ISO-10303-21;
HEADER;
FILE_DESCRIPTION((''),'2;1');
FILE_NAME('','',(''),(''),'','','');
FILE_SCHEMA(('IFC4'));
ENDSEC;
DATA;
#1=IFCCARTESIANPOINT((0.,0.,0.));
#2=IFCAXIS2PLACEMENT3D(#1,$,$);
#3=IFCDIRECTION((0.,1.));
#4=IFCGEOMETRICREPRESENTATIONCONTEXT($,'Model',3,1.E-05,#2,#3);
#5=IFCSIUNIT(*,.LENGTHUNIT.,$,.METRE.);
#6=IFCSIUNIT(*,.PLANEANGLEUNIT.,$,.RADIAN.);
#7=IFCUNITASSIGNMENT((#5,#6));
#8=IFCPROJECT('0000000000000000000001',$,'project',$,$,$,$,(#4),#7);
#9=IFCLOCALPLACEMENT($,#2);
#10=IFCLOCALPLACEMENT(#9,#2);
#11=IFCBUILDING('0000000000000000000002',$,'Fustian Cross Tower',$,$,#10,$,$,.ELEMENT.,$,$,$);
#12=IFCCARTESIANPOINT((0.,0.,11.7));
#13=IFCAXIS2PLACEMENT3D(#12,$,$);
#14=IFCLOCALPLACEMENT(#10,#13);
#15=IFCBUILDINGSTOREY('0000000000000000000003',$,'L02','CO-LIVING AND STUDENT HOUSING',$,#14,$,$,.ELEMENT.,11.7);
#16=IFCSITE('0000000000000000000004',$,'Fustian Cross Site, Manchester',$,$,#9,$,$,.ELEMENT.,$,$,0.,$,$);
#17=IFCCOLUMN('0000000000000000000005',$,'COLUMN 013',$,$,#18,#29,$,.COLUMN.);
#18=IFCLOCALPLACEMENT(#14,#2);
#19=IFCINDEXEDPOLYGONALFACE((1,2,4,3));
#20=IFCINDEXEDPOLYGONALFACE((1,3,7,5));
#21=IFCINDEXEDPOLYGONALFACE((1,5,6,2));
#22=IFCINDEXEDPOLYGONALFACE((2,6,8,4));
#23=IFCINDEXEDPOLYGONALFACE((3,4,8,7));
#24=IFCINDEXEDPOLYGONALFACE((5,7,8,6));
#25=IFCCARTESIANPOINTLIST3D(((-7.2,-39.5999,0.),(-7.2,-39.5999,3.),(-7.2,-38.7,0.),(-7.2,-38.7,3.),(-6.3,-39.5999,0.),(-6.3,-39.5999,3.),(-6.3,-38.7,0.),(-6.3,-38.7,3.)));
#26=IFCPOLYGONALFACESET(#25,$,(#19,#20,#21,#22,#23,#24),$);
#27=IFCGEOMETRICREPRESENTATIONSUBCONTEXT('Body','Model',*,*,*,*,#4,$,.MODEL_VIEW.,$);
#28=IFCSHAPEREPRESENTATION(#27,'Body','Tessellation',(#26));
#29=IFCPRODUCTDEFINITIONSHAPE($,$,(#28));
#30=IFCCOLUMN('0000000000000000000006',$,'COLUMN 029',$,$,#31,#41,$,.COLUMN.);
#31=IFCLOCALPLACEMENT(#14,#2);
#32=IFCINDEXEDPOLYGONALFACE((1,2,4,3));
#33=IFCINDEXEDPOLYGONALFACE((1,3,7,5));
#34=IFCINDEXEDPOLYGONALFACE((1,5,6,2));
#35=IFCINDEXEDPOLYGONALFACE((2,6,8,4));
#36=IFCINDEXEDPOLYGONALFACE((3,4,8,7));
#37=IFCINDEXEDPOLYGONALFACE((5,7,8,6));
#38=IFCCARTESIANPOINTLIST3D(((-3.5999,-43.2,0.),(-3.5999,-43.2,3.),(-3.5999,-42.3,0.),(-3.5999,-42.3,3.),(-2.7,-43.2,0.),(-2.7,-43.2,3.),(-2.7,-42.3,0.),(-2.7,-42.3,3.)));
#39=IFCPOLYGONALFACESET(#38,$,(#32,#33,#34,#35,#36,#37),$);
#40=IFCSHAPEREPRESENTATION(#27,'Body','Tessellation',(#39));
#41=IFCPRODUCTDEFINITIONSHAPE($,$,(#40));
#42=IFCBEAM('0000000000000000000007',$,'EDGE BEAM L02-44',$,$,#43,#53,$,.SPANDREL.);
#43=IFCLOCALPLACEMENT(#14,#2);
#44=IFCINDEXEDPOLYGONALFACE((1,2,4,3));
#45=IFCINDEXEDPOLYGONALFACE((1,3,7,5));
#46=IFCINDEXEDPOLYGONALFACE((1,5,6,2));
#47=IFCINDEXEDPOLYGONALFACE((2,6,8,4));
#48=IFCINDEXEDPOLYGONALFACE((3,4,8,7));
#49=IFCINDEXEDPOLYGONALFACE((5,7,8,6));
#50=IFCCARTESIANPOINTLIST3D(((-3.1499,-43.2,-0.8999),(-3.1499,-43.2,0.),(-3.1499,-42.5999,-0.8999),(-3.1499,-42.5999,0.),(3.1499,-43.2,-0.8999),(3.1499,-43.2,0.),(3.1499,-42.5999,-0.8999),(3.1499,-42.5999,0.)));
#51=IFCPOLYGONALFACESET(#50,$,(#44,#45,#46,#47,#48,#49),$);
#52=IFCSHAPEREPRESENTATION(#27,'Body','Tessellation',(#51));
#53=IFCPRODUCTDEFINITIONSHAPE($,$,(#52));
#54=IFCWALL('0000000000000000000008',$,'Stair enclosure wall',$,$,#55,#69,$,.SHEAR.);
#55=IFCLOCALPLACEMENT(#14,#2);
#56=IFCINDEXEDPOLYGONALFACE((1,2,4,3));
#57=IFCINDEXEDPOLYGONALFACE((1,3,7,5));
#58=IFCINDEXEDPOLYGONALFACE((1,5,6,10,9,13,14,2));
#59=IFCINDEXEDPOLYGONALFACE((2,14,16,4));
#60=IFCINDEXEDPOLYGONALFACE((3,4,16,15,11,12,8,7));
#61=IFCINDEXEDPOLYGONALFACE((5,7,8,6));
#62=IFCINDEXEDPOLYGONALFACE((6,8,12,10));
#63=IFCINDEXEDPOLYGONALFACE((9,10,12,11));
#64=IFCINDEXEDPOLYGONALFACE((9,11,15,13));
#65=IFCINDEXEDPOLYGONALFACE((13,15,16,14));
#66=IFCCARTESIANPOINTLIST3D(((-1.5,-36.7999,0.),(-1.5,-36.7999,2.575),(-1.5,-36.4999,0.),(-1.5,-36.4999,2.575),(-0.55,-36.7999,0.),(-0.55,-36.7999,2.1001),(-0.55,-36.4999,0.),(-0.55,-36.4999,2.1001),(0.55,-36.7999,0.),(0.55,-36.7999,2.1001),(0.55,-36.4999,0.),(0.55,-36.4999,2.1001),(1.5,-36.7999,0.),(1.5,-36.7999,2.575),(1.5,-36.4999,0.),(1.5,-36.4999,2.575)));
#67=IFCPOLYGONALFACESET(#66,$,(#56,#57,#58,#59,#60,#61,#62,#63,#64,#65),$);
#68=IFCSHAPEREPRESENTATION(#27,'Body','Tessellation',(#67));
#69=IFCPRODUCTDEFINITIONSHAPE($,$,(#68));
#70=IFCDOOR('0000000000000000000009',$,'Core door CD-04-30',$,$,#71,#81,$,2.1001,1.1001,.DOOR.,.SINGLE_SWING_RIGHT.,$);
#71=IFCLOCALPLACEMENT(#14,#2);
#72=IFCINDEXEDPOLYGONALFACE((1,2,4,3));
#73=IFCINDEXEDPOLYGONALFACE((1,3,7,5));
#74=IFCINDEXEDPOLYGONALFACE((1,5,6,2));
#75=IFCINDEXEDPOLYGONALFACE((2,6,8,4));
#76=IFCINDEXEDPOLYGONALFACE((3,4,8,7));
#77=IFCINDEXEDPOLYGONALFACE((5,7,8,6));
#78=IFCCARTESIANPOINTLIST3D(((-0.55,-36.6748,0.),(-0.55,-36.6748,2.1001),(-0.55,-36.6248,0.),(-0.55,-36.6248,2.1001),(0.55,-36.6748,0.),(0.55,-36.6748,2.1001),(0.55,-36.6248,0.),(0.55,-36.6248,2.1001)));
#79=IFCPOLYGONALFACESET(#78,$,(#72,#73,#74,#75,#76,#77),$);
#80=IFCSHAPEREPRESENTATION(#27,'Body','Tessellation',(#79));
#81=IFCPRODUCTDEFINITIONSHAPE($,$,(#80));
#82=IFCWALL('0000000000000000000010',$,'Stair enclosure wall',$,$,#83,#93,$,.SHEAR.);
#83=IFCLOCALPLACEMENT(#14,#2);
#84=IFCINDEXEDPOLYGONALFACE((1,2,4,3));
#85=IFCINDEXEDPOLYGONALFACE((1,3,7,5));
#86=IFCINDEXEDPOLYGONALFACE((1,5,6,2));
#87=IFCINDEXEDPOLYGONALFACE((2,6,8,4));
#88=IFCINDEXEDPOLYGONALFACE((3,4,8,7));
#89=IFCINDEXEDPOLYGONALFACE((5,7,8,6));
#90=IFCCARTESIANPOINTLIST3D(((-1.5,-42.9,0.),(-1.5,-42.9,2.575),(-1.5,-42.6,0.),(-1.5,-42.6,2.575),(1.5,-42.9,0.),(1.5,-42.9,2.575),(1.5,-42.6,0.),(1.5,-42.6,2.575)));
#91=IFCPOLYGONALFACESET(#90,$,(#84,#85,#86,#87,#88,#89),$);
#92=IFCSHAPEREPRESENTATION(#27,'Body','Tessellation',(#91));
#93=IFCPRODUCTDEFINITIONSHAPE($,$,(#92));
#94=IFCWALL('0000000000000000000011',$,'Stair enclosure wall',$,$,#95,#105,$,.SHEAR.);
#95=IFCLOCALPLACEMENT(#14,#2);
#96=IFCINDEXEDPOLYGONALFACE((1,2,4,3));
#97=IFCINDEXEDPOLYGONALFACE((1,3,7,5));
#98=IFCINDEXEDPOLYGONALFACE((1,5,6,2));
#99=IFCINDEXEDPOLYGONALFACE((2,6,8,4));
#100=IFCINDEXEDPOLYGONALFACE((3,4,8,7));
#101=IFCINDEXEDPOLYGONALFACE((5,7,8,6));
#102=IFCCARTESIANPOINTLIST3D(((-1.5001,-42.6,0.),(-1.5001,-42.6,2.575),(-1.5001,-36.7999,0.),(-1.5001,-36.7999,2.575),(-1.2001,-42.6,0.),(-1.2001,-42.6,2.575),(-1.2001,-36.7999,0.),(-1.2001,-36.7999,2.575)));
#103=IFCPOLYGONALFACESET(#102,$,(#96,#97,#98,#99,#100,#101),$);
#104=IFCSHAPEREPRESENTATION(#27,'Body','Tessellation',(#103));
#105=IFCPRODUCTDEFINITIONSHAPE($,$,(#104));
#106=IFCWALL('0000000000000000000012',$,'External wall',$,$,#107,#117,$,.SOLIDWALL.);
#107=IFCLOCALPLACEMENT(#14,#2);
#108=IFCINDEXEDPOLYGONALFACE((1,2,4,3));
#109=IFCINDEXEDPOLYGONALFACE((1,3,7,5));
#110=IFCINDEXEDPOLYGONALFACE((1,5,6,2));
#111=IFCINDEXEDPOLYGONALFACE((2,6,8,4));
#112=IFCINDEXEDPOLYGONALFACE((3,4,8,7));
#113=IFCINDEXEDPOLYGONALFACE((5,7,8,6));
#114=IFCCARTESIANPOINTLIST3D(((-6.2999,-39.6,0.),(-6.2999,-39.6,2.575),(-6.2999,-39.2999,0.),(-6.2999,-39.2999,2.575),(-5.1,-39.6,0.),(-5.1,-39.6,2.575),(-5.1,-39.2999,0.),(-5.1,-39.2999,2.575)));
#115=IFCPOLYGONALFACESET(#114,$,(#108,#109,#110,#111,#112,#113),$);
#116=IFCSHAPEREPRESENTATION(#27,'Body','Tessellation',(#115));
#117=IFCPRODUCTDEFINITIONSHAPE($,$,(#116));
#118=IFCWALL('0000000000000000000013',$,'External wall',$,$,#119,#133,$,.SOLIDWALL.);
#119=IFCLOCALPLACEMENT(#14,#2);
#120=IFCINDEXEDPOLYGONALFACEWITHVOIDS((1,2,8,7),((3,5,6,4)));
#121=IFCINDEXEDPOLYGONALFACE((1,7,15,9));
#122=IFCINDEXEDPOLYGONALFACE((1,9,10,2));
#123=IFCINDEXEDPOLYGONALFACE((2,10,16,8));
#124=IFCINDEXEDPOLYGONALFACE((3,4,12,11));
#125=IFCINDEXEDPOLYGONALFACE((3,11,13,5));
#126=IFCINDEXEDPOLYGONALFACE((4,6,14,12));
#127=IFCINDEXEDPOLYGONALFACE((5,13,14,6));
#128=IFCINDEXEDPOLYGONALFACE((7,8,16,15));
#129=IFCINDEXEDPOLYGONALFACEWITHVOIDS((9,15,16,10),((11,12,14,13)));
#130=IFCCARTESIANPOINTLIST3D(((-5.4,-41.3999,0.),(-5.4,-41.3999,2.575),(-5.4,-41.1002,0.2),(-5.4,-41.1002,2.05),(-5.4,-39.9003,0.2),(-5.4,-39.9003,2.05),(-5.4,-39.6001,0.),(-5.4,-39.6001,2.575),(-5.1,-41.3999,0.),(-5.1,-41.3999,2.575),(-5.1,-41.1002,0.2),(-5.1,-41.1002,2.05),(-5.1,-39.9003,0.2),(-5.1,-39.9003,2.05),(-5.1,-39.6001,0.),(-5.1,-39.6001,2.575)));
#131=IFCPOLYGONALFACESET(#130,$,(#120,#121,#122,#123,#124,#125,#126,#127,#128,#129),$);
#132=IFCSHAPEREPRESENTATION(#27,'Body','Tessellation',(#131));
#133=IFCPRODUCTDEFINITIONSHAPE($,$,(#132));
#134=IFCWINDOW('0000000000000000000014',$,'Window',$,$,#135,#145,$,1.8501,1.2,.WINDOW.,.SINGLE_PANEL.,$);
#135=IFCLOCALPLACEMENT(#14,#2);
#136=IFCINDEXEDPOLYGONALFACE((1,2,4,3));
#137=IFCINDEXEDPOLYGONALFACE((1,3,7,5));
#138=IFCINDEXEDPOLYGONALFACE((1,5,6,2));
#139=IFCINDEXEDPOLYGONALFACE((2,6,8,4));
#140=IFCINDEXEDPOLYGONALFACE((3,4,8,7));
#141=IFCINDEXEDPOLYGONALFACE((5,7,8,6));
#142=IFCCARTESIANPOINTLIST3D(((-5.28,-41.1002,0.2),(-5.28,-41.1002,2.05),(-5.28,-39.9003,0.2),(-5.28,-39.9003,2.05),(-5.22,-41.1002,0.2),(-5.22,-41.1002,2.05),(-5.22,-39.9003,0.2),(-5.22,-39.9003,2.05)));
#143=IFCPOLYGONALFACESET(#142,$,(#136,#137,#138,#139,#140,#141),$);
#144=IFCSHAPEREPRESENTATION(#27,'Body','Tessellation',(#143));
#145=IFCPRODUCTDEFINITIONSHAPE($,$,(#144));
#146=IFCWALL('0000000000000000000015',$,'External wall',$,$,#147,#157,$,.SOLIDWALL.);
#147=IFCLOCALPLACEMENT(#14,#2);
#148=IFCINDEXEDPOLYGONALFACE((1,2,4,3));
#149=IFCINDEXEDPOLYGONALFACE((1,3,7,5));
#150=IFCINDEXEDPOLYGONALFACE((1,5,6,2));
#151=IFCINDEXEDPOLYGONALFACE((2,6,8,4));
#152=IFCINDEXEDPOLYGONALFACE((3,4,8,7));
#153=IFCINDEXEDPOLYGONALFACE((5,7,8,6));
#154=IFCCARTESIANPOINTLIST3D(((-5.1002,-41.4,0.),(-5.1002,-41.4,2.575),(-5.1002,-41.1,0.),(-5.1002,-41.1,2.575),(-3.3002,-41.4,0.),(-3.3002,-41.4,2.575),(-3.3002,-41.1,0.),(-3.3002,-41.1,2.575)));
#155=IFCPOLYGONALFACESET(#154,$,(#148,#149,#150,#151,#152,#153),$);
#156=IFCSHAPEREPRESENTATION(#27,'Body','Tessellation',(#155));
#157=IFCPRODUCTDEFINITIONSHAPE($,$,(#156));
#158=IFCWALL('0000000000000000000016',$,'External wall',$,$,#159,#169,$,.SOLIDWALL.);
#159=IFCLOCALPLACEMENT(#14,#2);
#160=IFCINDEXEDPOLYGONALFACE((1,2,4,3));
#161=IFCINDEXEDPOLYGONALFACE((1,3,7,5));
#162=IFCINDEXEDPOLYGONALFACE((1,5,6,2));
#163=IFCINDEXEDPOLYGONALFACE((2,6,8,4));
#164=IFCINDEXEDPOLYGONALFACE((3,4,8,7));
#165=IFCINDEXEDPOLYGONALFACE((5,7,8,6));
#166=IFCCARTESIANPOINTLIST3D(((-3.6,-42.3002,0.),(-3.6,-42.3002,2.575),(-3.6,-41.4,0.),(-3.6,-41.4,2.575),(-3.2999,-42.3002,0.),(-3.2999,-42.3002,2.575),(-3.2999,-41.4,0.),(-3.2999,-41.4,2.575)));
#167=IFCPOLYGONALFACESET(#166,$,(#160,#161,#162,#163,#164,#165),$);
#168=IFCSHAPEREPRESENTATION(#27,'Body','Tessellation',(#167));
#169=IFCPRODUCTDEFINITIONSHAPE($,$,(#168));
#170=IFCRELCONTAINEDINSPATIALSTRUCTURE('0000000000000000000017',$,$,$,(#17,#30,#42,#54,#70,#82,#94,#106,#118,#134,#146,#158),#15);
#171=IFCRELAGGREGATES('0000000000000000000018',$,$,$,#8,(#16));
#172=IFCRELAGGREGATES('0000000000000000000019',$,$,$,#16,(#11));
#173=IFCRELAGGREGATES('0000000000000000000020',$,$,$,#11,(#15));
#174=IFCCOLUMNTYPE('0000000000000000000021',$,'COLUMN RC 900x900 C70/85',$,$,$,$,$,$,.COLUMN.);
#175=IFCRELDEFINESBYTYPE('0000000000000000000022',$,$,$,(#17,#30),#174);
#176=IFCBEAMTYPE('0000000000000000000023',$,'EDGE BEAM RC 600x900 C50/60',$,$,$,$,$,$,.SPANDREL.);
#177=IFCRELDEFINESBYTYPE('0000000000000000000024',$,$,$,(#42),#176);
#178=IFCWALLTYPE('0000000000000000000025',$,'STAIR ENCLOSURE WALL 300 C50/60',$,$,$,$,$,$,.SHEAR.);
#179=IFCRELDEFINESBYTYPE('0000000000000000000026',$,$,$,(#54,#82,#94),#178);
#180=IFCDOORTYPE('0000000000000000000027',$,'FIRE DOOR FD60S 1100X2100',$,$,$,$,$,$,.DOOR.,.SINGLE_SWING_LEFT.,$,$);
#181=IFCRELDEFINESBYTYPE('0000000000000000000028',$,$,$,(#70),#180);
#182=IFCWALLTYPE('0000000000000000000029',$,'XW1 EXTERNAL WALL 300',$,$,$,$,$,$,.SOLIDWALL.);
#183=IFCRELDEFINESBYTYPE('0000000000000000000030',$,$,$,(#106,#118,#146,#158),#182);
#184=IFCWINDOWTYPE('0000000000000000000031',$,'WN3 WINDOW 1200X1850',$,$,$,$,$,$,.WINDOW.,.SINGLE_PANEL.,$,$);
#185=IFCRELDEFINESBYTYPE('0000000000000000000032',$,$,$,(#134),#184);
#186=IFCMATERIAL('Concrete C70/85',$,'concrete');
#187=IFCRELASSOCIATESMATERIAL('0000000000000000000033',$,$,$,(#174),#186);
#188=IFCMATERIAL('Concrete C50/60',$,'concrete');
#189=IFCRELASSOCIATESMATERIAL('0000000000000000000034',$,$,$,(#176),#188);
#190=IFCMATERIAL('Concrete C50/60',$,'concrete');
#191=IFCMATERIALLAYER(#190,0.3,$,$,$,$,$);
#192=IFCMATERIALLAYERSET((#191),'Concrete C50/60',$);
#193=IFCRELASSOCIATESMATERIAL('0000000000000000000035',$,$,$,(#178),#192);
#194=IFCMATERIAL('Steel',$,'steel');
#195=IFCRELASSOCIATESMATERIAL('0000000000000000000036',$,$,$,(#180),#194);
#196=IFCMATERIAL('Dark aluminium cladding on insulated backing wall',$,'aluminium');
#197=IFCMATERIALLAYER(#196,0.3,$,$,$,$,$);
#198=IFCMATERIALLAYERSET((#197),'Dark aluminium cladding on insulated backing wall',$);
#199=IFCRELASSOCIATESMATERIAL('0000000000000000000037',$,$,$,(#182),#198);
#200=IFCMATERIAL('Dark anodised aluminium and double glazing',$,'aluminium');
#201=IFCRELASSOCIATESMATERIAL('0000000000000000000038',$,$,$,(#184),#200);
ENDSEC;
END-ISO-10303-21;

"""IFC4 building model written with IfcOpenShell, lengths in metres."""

from ifc_helpers import new_model, si_unit, direction, frame, frame_2d, origin, origin_2d, place, context, subcontext, project, spatial, rectangle, extrude, material, layer, layer_set, material_profile, profile_set, type_object, element, fill, save


model = new_model("IFC4")

# Units and contexts
model_context = context("Model", 3, precision=1e-05, world=origin(), true_north=direction((0.0, 1.0)))
body_context = subcontext(model_context, "Body", "Model", "MODEL_VIEW")
ifc_project = project(units=[si_unit("LENGTHUNIT", "METRE"), si_unit("PLANEANGLEUNIT", "RADIAN")], contexts=[model_context])

# Site, building, storey
site_placement = place(None, origin())
site = spatial("IfcSite", under=ifc_project, at=site_placement, Name="Fustian Cross Site, Manchester", CompositionType="ELEMENT", RefElevation=0.0)
building_placement = place(site_placement, origin())
building = spatial("IfcBuilding", under=site, at=building_placement, Name="Fustian Cross Tower", CompositionType="ELEMENT")
storey_placement = place(building_placement, frame((0.0, 0.0, 11.7)))
storey = spatial("IfcBuildingStorey", under=building, at=storey_placement, Name="L02", Description="CO-LIVING AND STUDENT HOUSING", CompositionType="ELEMENT", Elevation=11.7)

# Columns
ifc_material_1 = material(Name="Concrete C70/85", Category="concrete")
ifc_material_profile_1 = material_profile(ifc_material_1, rectangle(XDim=0.8999, YDim=0.8999, at=origin_2d()), Name="RC 900x900")
ifc_profile_set_1 = profile_set([ifc_material_profile_1], Name="Concrete C70/85")
column_type = type_object("IfcColumnType", Name="COLUMN RC 900x900 C70/85", PredefinedType="COLUMN", material=ifc_profile_set_1)
for number, where, z_axis, x_axis, name in (
    (1, (-6.75, -39.1499, 0.0), (0.0, 0.0, 1.0), (1.0, 0.0, 0.0), "COLUMN 013"),
    (2, (-3.1499, -42.75, 0.0), (0.0, 0.0, 1.0), (1.0, 0.0, 0.0), "COLUMN 029"),
):
    element("IfcColumn", number, at=place(storey_placement, frame(where, z_axis=z_axis, x_axis=x_axis)), inside=storey, type_object=column_type, Name=name, PredefinedType="COLUMN", context=body_context, shape_type="SweptSolid", body=[
        extrude(rectangle(XDim=0.8999, YDim=0.8999, at=origin_2d()), origin(), (0.0, 0.0, 1.0), 3.0),
    ])

# Beam
ifc_material_2 = material(Name="Concrete C50/60", Category="concrete")
ifc_material_profile_2 = material_profile(ifc_material_2, rectangle(XDim=0.6001, YDim=0.8999, at=origin_2d()), Name="RC 600x900")
ifc_profile_set_2 = profile_set([ifc_material_profile_2], Name="Concrete C50/60")
beam_type = type_object("IfcBeamType", Name="EDGE BEAM RC 600x900 C50/60", PredefinedType="SPANDREL", material=ifc_profile_set_2)
beam_placement = place(storey_placement, frame((-3.1499, -42.8999, -0.45), z_axis=(1.0, 0.0, 0.0), x_axis=(0.0, 1.0, 0.0)))
element("IfcBeam", 3, at=beam_placement, inside=storey, type_object=beam_type, Name="EDGE BEAM L02-44", PredefinedType="SPANDREL", context=body_context, shape_type="SweptSolid", body=[
    extrude(rectangle(XDim=0.6001, YDim=0.8999, at=origin_2d()), origin(), (0.0, 0.0, 1.0), 6.2998),
])

# Wall, opening, door
ifc_material_3 = material(Name="Concrete C50/60", Category="concrete")
ifc_layer_1 = layer(ifc_material_3, 0.3)
ifc_layer_set_1 = layer_set([ifc_layer_1], Name="Concrete C50/60")
wall_type_1 = type_object("IfcWallType", Name="STAIR ENCLOSURE WALL 300 C50/60", PredefinedType="SHEAR", material=ifc_layer_set_1)
wall_1_placement = place(storey_placement, frame((-1.5, -36.6499, 0.0), z_axis=(0.0, 0.0, 1.0), x_axis=(1.0, 0.0, 0.0)))
wall_1 = element("IfcWall", 4, at=wall_1_placement, inside=storey, type_object=wall_type_1, Name="Stair enclosure wall", PredefinedType="SHEAR", context=body_context, shape_type="SweptSolid", body=[
    extrude(rectangle(XDim=3.0, YDim=0.3, at=frame_2d((1.5, 0.0))), origin(), (0.0, 0.0, 1.0), 2.575),
])
opening_1_placement = place(wall_1_placement, frame((0.95, 0.0, 0.0)))
opening_1 = element("IfcOpeningElement", 5, at=opening_1_placement, cuts=wall_1, PredefinedType="OPENING", context=body_context, shape_type="SweptSolid", body=[
    extrude(rectangle(XDim=1.1001, YDim=2.1001, at=frame_2d((0.55, 1.05))), frame((0.0, 0.1599, 0.0), z_axis=(0.0, -1.0, 0.0), x_axis=(1.0, 0.0, 0.0)), (0.0, 0.0, 1.0), 0.3201),
])
ifc_material_4 = material(Name="Steel", Category="steel")
door_type = type_object("IfcDoorType", Name="FIRE DOOR FD60S 1100X2100", OperationType="SINGLE_SWING_LEFT", PredefinedType="DOOR", material=ifc_material_4)
door_placement = place(opening_1_placement, frame((1.1001, 0.0, 0.0), z_axis=(0.0, 0.0, 1.0), x_axis=(-1.0, 0.0, 0.0)))
door = element("IfcDoor", 6, at=door_placement, inside=storey, type_object=door_type, Name="Core door CD-04-30", OperationType="SINGLE_SWING_RIGHT", OverallHeight=2.1001, OverallWidth=1.1001, PredefinedType="DOOR", context=body_context, shape_type="SweptSolid", body=[
    extrude(rectangle(XDim=1.1001, YDim=2.1001, at=frame_2d((0.55, 1.05))), frame((0.0, 0.0249, 0.0), z_axis=(0.0, -1.0, 0.0), x_axis=(1.0, 0.0, 0.0)), (0.0, 0.0, 1.0), 0.05),
])
fill(opening_1, door)

# Walls
wall_2_placement = place(storey_placement, frame((-1.5, -42.75, 0.0), z_axis=(0.0, 0.0, 1.0), x_axis=(1.0, 0.0, 0.0)))
element("IfcWall", 7, at=wall_2_placement, inside=storey, type_object=wall_type_1, Name="Stair enclosure wall", PredefinedType="SHEAR", context=body_context, shape_type="SweptSolid", body=[
    extrude(rectangle(XDim=3.0, YDim=0.3, at=frame_2d((1.5, 0.0))), origin(), (0.0, 0.0, 1.0), 2.575),
])
wall_3_placement = place(storey_placement, frame((-1.3501, -36.8, 0.0), z_axis=(0.0, 0.0, 1.0), x_axis=(0.0, -1.0, 0.0)))
element("IfcWall", 8, at=wall_3_placement, inside=storey, type_object=wall_type_1, Name="Stair enclosure wall", PredefinedType="SHEAR", context=body_context, shape_type="SweptSolid", body=[
    extrude(rectangle(XDim=5.8, YDim=0.3, at=frame_2d((2.8999, 0.0))), origin(), (0.0, 0.0, 1.0), 2.575),
])
ifc_material_5 = material(Name="Dark aluminium cladding on insulated backing wall", Category="aluminium")
ifc_layer_2 = layer(ifc_material_5, 0.3)
ifc_layer_set_2 = layer_set([ifc_layer_2], Name="Dark aluminium cladding on insulated backing wall")
wall_type_2 = type_object("IfcWallType", Name="XW1 EXTERNAL WALL 300", PredefinedType="SOLIDWALL", material=ifc_layer_set_2)
wall_4_placement = place(storey_placement, frame((-6.3, -39.45, 0.0), z_axis=(0.0, 0.0, 1.0), x_axis=(1.0, 0.0, 0.0)))
element("IfcWall", 9, at=wall_4_placement, inside=storey, type_object=wall_type_2, Name="External wall", PredefinedType="SOLIDWALL", context=body_context, shape_type="SweptSolid", body=[
    extrude(rectangle(XDim=1.2, YDim=0.3, at=frame_2d((0.6001, 0.0))), origin(), (0.0, 0.0, 1.0), 2.575),
])

# Wall, opening, window
wall_5_placement = place(storey_placement, frame((-5.25, -39.6001, 0.0), z_axis=(0.0, 0.0, 1.0), x_axis=(0.0, -1.0, 0.0)))
wall_5 = element("IfcWall", 10, at=wall_5_placement, inside=storey, type_object=wall_type_2, Name="External wall", PredefinedType="SOLIDWALL", context=body_context, shape_type="SweptSolid", body=[
    extrude(rectangle(XDim=1.7998, YDim=0.3, at=frame_2d((0.8999, 0.0))), origin(), (0.0, 0.0, 1.0), 2.575),
])
opening_2_placement = place(wall_5_placement, frame((0.3, 0.0, 0.2)))
opening_2 = element("IfcOpeningElement", 11, at=opening_2_placement, cuts=wall_5, PredefinedType="OPENING", context=body_context, shape_type="SweptSolid", body=[
    extrude(rectangle(XDim=1.2, YDim=1.8501, at=frame_2d((0.6001, 0.925))), frame((0.0, 0.1599, 0.0), z_axis=(0.0, -1.0, 0.0), x_axis=(1.0, 0.0, 0.0)), (0.0, 0.0, 1.0), 0.3201),
])
ifc_material_6 = material(Name="Dark anodised aluminium and double glazing", Category="aluminium")
window_type_1 = type_object("IfcWindowType", Name="WN3 WINDOW 1200X1850", PartitioningType="SINGLE_PANEL", PredefinedType="WINDOW", material=ifc_material_6)
window_1_placement = place(opening_2_placement, origin())
window_1 = element("IfcWindow", 12, at=window_1_placement, inside=storey, type_object=window_type_1, Name="Window", OverallHeight=1.8501, OverallWidth=1.2, PartitioningType="SINGLE_PANEL", PredefinedType="WINDOW", context=body_context, shape_type="SweptSolid", body=[
    extrude(rectangle(XDim=1.2, YDim=1.8501, at=frame_2d((0.6001, 0.925))), frame((0.0, 0.03, 0.0), z_axis=(0.0, -1.0, 0.0), x_axis=(1.0, 0.0, 0.0)), (0.0, 0.0, 1.0), 0.0601),
])
fill(opening_2, window_1)

# Walls
wall_6_placement = place(storey_placement, frame((-5.1001, -41.25, 0.0), z_axis=(0.0, 0.0, 1.0), x_axis=(1.0, 0.0, 0.0)))
element("IfcWall", 13, at=wall_6_placement, inside=storey, type_object=wall_type_2, Name="External wall", PredefinedType="SOLIDWALL", context=body_context, shape_type="SweptSolid", body=[
    extrude(rectangle(XDim=1.8, YDim=0.3, at=frame_2d((0.8999, 0.0))), origin(), (0.0, 0.0, 1.0), 2.575),
])
wall_7_placement = place(storey_placement, frame((-3.45, -41.3999, 0.0), z_axis=(0.0, 0.0, 1.0), x_axis=(0.0, -1.0, 0.0)))
element("IfcWall", 14, at=wall_7_placement, inside=storey, type_object=wall_type_2, Name="External wall", PredefinedType="SOLIDWALL", context=body_context, shape_type="SweptSolid", body=[
    extrude(rectangle(XDim=0.9001, YDim=0.3, at=frame_2d((0.4502, 0.0))), origin(), (0.0, 0.0, 1.0), 2.575),
])

save(model, "model.ifc")
